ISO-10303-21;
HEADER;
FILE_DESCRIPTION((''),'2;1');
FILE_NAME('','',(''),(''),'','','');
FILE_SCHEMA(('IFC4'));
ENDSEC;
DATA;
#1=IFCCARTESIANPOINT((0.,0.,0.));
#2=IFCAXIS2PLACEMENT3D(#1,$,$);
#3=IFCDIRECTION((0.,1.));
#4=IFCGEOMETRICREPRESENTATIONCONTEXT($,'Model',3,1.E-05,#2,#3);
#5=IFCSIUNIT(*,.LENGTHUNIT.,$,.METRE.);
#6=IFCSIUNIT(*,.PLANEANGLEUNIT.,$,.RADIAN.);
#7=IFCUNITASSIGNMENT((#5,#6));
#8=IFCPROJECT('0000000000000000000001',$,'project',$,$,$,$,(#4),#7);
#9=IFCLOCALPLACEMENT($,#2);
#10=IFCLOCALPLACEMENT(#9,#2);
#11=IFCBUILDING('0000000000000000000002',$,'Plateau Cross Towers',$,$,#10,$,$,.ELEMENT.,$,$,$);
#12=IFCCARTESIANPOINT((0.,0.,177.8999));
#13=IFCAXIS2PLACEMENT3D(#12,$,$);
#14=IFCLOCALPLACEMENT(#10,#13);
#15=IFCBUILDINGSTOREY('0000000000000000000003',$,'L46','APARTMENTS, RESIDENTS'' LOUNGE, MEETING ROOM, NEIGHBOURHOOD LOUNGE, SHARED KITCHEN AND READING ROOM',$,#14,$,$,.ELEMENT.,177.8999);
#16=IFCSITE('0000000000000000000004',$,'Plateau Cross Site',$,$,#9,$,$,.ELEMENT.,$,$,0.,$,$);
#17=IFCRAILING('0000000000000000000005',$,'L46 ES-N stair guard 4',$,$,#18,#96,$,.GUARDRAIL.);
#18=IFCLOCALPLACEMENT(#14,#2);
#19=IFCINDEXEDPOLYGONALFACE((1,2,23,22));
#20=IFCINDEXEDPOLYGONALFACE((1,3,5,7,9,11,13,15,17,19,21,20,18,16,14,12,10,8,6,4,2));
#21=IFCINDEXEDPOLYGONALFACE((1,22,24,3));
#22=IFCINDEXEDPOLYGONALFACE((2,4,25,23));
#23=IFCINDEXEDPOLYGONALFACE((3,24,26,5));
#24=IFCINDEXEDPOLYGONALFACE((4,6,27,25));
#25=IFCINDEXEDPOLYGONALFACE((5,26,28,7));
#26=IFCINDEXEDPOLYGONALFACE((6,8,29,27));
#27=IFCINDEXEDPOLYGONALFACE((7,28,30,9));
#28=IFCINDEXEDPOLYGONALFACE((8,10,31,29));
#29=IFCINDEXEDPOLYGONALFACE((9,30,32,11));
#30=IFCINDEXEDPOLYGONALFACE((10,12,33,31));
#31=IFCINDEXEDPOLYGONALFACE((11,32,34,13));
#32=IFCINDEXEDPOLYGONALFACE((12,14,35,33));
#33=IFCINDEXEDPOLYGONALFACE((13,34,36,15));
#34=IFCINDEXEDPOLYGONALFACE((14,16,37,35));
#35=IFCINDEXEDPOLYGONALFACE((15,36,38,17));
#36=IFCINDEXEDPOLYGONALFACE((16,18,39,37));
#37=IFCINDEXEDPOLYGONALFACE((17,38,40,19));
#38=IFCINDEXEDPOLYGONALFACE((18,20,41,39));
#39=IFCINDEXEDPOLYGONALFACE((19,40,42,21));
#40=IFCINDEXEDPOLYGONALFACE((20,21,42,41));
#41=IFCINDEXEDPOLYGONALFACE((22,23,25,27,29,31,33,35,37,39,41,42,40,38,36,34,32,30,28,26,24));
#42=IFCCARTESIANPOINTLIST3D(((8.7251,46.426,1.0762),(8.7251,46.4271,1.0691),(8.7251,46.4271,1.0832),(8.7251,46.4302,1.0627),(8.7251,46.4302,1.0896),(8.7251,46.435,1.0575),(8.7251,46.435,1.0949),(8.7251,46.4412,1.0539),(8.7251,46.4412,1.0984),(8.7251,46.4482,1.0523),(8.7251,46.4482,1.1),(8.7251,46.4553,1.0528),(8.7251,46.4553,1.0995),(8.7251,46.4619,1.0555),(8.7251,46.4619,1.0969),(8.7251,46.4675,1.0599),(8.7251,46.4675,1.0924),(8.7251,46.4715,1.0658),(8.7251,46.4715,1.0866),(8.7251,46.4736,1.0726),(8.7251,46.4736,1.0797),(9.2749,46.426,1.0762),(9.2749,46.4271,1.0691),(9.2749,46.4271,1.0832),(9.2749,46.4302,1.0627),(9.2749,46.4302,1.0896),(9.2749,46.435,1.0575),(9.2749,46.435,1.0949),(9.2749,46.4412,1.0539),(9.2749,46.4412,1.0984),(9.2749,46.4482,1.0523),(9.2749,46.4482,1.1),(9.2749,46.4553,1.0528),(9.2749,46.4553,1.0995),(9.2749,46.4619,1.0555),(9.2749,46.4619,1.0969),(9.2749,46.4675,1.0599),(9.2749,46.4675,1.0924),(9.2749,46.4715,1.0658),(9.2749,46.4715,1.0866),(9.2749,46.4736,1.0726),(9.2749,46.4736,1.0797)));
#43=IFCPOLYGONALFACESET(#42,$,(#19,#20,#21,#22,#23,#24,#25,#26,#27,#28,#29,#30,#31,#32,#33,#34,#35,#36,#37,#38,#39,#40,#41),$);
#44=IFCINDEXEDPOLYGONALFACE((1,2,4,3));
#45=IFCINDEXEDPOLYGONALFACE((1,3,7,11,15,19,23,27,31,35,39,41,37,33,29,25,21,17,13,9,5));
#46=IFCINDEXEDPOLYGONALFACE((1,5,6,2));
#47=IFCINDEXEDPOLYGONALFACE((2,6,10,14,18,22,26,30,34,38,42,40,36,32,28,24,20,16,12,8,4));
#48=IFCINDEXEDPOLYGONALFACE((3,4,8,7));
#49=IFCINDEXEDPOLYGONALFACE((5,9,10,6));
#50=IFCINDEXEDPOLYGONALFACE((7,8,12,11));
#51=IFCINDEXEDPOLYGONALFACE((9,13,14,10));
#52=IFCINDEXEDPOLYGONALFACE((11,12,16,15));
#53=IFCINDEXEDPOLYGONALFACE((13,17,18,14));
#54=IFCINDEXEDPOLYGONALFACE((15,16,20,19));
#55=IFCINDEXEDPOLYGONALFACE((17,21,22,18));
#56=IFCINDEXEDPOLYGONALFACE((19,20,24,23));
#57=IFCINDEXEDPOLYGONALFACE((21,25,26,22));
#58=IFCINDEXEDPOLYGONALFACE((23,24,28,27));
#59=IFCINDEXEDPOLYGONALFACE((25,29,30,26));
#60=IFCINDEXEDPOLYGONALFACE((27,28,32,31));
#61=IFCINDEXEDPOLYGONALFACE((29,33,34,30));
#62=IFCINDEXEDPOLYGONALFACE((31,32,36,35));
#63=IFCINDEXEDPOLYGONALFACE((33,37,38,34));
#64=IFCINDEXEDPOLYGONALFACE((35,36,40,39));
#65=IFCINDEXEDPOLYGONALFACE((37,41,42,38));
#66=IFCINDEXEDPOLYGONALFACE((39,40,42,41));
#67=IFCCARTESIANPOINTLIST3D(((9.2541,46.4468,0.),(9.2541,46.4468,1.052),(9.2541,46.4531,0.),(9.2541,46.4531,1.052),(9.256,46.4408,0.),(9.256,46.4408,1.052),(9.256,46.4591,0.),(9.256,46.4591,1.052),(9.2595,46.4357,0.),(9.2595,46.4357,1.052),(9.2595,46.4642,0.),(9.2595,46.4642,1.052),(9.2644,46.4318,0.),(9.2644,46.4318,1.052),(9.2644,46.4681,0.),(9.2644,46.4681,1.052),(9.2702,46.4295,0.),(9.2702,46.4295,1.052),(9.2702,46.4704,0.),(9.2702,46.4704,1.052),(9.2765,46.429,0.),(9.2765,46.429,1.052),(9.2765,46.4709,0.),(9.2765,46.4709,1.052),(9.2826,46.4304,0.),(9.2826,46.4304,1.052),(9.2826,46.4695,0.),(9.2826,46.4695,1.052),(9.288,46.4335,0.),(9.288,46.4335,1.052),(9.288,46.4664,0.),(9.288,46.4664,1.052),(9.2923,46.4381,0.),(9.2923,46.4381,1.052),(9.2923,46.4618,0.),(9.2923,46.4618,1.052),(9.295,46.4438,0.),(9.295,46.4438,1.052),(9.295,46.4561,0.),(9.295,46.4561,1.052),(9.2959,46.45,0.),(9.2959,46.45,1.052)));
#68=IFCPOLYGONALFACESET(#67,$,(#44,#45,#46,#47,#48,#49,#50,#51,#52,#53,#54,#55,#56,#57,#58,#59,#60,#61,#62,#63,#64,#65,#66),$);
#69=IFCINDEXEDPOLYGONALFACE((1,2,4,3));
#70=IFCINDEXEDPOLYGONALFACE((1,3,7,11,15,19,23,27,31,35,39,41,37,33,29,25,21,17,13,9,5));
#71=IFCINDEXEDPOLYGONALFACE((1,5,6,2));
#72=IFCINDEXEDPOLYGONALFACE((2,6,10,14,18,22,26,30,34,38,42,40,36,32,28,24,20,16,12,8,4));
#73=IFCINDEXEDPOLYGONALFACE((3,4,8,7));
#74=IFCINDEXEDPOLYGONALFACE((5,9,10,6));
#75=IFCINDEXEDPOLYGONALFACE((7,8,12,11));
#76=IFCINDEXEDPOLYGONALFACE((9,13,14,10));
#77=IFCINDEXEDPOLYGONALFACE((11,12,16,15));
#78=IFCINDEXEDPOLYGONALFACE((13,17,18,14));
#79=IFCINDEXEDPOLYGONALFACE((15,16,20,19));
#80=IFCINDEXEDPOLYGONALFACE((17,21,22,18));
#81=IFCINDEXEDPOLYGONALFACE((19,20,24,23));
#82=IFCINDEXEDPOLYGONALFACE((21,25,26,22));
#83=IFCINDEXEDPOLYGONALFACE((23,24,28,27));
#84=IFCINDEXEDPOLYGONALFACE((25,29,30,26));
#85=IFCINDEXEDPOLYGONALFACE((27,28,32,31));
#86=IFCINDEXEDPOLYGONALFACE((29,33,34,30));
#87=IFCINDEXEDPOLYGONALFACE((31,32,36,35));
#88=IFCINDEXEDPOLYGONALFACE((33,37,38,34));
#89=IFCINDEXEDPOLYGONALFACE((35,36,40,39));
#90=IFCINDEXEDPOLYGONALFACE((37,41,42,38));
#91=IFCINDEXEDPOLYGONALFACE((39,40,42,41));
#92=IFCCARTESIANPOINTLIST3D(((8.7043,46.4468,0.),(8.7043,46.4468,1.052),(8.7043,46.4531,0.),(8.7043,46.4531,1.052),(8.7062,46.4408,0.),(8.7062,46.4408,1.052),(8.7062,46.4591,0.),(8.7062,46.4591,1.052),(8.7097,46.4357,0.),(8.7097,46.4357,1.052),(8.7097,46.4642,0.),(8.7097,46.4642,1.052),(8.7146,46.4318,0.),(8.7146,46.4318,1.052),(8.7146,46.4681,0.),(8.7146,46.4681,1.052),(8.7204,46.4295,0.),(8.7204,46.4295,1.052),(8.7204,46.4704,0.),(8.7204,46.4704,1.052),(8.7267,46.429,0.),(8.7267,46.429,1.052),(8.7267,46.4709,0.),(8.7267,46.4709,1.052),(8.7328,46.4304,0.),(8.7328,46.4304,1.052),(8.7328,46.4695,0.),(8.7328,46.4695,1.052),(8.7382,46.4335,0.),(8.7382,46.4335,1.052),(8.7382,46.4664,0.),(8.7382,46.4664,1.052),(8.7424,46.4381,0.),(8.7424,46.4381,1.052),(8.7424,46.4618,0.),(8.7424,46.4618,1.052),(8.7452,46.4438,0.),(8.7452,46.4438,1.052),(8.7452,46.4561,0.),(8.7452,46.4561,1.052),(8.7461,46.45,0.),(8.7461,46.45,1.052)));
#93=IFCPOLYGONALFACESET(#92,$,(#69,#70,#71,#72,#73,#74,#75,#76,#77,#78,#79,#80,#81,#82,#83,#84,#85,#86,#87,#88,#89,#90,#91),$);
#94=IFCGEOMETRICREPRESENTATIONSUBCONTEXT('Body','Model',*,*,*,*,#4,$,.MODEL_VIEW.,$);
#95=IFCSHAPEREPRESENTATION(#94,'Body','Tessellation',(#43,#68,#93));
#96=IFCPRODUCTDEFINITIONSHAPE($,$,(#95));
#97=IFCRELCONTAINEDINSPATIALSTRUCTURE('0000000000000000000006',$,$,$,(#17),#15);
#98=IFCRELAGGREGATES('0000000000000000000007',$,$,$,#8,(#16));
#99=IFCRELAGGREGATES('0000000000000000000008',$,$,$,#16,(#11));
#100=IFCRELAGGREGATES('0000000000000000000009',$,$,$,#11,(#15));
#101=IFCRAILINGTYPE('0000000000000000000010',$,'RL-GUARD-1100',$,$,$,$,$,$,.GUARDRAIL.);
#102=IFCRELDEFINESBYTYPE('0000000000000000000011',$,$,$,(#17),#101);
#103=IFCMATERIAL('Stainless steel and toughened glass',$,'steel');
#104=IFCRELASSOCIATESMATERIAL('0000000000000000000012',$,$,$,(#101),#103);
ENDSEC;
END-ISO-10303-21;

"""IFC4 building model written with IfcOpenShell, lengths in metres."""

from ifc_helpers import new_model, si_unit, direction, frame, origin, origin_2d, place, context, subcontext, project, spatial, circle, extrude, material, type_object, element, save


model = new_model("IFC4")

# Units and contexts
model_context = context("Model", 3, precision=1e-05, world=origin(), true_north=direction((0.0, 1.0)))
body_context = subcontext(model_context, "Body", "Model", "MODEL_VIEW")
ifc_project = project(units=[si_unit("LENGTHUNIT", "METRE"), si_unit("PLANEANGLEUNIT", "RADIAN")], contexts=[model_context])

# Site, building, storey
site_placement = place(None, origin())
site = spatial("IfcSite", under=ifc_project, at=site_placement, Name="Plateau Cross Site", CompositionType="ELEMENT", RefElevation=0.0)
building_placement = place(site_placement, origin())
building = spatial("IfcBuilding", under=site, at=building_placement, Name="Plateau Cross Towers", CompositionType="ELEMENT")
storey_placement = place(building_placement, frame((0.0, 0.0, 177.8999)))
storey = spatial("IfcBuildingStorey", under=building, at=storey_placement, Name="L46", Description="APARTMENTS, RESIDENTS' LOUNGE, MEETING ROOM, NEIGHBOURHOOD LOUNGE, SHARED KITCHEN AND READING ROOM", CompositionType="ELEMENT", Elevation=177.8999)

# Railing
ifc_material_1 = material(Name="Stainless steel and toughened glass", Category="steel")
railing_type_1 = type_object("IfcRailingType", Name="RL-GUARD-1100", PredefinedType="GUARDRAIL", material=ifc_material_1)
railing_1_placement = place(storey_placement, frame((9.2749, 46.45, 0.0)))
element("IfcRailing", 1, at=railing_1_placement, inside=storey, type_object=railing_type_1, Name="L46 ES-N stair guard 4", PredefinedType="GUARDRAIL", context=body_context, shape_type="SweptSolid", body=[
    extrude(circle(Radius=0.0239, at=origin_2d()), frame((0.0, 0.0, 1.0762), z_axis=(-1.0, 0.0, 0.0), x_axis=(0.0, -1.0, 0.0)), (0.0, 0.0, 1.0), 0.5498),
    extrude(circle(Radius=0.021, at=origin_2d()), origin(), (0.0, 0.0, 1.0), 1.052),
    extrude(circle(Radius=0.021, at=origin_2d()), frame((-0.5498, 0.0, 0.0)), (0.0, 0.0, 1.0), 1.052),
])

save(model, "model.ifc")
